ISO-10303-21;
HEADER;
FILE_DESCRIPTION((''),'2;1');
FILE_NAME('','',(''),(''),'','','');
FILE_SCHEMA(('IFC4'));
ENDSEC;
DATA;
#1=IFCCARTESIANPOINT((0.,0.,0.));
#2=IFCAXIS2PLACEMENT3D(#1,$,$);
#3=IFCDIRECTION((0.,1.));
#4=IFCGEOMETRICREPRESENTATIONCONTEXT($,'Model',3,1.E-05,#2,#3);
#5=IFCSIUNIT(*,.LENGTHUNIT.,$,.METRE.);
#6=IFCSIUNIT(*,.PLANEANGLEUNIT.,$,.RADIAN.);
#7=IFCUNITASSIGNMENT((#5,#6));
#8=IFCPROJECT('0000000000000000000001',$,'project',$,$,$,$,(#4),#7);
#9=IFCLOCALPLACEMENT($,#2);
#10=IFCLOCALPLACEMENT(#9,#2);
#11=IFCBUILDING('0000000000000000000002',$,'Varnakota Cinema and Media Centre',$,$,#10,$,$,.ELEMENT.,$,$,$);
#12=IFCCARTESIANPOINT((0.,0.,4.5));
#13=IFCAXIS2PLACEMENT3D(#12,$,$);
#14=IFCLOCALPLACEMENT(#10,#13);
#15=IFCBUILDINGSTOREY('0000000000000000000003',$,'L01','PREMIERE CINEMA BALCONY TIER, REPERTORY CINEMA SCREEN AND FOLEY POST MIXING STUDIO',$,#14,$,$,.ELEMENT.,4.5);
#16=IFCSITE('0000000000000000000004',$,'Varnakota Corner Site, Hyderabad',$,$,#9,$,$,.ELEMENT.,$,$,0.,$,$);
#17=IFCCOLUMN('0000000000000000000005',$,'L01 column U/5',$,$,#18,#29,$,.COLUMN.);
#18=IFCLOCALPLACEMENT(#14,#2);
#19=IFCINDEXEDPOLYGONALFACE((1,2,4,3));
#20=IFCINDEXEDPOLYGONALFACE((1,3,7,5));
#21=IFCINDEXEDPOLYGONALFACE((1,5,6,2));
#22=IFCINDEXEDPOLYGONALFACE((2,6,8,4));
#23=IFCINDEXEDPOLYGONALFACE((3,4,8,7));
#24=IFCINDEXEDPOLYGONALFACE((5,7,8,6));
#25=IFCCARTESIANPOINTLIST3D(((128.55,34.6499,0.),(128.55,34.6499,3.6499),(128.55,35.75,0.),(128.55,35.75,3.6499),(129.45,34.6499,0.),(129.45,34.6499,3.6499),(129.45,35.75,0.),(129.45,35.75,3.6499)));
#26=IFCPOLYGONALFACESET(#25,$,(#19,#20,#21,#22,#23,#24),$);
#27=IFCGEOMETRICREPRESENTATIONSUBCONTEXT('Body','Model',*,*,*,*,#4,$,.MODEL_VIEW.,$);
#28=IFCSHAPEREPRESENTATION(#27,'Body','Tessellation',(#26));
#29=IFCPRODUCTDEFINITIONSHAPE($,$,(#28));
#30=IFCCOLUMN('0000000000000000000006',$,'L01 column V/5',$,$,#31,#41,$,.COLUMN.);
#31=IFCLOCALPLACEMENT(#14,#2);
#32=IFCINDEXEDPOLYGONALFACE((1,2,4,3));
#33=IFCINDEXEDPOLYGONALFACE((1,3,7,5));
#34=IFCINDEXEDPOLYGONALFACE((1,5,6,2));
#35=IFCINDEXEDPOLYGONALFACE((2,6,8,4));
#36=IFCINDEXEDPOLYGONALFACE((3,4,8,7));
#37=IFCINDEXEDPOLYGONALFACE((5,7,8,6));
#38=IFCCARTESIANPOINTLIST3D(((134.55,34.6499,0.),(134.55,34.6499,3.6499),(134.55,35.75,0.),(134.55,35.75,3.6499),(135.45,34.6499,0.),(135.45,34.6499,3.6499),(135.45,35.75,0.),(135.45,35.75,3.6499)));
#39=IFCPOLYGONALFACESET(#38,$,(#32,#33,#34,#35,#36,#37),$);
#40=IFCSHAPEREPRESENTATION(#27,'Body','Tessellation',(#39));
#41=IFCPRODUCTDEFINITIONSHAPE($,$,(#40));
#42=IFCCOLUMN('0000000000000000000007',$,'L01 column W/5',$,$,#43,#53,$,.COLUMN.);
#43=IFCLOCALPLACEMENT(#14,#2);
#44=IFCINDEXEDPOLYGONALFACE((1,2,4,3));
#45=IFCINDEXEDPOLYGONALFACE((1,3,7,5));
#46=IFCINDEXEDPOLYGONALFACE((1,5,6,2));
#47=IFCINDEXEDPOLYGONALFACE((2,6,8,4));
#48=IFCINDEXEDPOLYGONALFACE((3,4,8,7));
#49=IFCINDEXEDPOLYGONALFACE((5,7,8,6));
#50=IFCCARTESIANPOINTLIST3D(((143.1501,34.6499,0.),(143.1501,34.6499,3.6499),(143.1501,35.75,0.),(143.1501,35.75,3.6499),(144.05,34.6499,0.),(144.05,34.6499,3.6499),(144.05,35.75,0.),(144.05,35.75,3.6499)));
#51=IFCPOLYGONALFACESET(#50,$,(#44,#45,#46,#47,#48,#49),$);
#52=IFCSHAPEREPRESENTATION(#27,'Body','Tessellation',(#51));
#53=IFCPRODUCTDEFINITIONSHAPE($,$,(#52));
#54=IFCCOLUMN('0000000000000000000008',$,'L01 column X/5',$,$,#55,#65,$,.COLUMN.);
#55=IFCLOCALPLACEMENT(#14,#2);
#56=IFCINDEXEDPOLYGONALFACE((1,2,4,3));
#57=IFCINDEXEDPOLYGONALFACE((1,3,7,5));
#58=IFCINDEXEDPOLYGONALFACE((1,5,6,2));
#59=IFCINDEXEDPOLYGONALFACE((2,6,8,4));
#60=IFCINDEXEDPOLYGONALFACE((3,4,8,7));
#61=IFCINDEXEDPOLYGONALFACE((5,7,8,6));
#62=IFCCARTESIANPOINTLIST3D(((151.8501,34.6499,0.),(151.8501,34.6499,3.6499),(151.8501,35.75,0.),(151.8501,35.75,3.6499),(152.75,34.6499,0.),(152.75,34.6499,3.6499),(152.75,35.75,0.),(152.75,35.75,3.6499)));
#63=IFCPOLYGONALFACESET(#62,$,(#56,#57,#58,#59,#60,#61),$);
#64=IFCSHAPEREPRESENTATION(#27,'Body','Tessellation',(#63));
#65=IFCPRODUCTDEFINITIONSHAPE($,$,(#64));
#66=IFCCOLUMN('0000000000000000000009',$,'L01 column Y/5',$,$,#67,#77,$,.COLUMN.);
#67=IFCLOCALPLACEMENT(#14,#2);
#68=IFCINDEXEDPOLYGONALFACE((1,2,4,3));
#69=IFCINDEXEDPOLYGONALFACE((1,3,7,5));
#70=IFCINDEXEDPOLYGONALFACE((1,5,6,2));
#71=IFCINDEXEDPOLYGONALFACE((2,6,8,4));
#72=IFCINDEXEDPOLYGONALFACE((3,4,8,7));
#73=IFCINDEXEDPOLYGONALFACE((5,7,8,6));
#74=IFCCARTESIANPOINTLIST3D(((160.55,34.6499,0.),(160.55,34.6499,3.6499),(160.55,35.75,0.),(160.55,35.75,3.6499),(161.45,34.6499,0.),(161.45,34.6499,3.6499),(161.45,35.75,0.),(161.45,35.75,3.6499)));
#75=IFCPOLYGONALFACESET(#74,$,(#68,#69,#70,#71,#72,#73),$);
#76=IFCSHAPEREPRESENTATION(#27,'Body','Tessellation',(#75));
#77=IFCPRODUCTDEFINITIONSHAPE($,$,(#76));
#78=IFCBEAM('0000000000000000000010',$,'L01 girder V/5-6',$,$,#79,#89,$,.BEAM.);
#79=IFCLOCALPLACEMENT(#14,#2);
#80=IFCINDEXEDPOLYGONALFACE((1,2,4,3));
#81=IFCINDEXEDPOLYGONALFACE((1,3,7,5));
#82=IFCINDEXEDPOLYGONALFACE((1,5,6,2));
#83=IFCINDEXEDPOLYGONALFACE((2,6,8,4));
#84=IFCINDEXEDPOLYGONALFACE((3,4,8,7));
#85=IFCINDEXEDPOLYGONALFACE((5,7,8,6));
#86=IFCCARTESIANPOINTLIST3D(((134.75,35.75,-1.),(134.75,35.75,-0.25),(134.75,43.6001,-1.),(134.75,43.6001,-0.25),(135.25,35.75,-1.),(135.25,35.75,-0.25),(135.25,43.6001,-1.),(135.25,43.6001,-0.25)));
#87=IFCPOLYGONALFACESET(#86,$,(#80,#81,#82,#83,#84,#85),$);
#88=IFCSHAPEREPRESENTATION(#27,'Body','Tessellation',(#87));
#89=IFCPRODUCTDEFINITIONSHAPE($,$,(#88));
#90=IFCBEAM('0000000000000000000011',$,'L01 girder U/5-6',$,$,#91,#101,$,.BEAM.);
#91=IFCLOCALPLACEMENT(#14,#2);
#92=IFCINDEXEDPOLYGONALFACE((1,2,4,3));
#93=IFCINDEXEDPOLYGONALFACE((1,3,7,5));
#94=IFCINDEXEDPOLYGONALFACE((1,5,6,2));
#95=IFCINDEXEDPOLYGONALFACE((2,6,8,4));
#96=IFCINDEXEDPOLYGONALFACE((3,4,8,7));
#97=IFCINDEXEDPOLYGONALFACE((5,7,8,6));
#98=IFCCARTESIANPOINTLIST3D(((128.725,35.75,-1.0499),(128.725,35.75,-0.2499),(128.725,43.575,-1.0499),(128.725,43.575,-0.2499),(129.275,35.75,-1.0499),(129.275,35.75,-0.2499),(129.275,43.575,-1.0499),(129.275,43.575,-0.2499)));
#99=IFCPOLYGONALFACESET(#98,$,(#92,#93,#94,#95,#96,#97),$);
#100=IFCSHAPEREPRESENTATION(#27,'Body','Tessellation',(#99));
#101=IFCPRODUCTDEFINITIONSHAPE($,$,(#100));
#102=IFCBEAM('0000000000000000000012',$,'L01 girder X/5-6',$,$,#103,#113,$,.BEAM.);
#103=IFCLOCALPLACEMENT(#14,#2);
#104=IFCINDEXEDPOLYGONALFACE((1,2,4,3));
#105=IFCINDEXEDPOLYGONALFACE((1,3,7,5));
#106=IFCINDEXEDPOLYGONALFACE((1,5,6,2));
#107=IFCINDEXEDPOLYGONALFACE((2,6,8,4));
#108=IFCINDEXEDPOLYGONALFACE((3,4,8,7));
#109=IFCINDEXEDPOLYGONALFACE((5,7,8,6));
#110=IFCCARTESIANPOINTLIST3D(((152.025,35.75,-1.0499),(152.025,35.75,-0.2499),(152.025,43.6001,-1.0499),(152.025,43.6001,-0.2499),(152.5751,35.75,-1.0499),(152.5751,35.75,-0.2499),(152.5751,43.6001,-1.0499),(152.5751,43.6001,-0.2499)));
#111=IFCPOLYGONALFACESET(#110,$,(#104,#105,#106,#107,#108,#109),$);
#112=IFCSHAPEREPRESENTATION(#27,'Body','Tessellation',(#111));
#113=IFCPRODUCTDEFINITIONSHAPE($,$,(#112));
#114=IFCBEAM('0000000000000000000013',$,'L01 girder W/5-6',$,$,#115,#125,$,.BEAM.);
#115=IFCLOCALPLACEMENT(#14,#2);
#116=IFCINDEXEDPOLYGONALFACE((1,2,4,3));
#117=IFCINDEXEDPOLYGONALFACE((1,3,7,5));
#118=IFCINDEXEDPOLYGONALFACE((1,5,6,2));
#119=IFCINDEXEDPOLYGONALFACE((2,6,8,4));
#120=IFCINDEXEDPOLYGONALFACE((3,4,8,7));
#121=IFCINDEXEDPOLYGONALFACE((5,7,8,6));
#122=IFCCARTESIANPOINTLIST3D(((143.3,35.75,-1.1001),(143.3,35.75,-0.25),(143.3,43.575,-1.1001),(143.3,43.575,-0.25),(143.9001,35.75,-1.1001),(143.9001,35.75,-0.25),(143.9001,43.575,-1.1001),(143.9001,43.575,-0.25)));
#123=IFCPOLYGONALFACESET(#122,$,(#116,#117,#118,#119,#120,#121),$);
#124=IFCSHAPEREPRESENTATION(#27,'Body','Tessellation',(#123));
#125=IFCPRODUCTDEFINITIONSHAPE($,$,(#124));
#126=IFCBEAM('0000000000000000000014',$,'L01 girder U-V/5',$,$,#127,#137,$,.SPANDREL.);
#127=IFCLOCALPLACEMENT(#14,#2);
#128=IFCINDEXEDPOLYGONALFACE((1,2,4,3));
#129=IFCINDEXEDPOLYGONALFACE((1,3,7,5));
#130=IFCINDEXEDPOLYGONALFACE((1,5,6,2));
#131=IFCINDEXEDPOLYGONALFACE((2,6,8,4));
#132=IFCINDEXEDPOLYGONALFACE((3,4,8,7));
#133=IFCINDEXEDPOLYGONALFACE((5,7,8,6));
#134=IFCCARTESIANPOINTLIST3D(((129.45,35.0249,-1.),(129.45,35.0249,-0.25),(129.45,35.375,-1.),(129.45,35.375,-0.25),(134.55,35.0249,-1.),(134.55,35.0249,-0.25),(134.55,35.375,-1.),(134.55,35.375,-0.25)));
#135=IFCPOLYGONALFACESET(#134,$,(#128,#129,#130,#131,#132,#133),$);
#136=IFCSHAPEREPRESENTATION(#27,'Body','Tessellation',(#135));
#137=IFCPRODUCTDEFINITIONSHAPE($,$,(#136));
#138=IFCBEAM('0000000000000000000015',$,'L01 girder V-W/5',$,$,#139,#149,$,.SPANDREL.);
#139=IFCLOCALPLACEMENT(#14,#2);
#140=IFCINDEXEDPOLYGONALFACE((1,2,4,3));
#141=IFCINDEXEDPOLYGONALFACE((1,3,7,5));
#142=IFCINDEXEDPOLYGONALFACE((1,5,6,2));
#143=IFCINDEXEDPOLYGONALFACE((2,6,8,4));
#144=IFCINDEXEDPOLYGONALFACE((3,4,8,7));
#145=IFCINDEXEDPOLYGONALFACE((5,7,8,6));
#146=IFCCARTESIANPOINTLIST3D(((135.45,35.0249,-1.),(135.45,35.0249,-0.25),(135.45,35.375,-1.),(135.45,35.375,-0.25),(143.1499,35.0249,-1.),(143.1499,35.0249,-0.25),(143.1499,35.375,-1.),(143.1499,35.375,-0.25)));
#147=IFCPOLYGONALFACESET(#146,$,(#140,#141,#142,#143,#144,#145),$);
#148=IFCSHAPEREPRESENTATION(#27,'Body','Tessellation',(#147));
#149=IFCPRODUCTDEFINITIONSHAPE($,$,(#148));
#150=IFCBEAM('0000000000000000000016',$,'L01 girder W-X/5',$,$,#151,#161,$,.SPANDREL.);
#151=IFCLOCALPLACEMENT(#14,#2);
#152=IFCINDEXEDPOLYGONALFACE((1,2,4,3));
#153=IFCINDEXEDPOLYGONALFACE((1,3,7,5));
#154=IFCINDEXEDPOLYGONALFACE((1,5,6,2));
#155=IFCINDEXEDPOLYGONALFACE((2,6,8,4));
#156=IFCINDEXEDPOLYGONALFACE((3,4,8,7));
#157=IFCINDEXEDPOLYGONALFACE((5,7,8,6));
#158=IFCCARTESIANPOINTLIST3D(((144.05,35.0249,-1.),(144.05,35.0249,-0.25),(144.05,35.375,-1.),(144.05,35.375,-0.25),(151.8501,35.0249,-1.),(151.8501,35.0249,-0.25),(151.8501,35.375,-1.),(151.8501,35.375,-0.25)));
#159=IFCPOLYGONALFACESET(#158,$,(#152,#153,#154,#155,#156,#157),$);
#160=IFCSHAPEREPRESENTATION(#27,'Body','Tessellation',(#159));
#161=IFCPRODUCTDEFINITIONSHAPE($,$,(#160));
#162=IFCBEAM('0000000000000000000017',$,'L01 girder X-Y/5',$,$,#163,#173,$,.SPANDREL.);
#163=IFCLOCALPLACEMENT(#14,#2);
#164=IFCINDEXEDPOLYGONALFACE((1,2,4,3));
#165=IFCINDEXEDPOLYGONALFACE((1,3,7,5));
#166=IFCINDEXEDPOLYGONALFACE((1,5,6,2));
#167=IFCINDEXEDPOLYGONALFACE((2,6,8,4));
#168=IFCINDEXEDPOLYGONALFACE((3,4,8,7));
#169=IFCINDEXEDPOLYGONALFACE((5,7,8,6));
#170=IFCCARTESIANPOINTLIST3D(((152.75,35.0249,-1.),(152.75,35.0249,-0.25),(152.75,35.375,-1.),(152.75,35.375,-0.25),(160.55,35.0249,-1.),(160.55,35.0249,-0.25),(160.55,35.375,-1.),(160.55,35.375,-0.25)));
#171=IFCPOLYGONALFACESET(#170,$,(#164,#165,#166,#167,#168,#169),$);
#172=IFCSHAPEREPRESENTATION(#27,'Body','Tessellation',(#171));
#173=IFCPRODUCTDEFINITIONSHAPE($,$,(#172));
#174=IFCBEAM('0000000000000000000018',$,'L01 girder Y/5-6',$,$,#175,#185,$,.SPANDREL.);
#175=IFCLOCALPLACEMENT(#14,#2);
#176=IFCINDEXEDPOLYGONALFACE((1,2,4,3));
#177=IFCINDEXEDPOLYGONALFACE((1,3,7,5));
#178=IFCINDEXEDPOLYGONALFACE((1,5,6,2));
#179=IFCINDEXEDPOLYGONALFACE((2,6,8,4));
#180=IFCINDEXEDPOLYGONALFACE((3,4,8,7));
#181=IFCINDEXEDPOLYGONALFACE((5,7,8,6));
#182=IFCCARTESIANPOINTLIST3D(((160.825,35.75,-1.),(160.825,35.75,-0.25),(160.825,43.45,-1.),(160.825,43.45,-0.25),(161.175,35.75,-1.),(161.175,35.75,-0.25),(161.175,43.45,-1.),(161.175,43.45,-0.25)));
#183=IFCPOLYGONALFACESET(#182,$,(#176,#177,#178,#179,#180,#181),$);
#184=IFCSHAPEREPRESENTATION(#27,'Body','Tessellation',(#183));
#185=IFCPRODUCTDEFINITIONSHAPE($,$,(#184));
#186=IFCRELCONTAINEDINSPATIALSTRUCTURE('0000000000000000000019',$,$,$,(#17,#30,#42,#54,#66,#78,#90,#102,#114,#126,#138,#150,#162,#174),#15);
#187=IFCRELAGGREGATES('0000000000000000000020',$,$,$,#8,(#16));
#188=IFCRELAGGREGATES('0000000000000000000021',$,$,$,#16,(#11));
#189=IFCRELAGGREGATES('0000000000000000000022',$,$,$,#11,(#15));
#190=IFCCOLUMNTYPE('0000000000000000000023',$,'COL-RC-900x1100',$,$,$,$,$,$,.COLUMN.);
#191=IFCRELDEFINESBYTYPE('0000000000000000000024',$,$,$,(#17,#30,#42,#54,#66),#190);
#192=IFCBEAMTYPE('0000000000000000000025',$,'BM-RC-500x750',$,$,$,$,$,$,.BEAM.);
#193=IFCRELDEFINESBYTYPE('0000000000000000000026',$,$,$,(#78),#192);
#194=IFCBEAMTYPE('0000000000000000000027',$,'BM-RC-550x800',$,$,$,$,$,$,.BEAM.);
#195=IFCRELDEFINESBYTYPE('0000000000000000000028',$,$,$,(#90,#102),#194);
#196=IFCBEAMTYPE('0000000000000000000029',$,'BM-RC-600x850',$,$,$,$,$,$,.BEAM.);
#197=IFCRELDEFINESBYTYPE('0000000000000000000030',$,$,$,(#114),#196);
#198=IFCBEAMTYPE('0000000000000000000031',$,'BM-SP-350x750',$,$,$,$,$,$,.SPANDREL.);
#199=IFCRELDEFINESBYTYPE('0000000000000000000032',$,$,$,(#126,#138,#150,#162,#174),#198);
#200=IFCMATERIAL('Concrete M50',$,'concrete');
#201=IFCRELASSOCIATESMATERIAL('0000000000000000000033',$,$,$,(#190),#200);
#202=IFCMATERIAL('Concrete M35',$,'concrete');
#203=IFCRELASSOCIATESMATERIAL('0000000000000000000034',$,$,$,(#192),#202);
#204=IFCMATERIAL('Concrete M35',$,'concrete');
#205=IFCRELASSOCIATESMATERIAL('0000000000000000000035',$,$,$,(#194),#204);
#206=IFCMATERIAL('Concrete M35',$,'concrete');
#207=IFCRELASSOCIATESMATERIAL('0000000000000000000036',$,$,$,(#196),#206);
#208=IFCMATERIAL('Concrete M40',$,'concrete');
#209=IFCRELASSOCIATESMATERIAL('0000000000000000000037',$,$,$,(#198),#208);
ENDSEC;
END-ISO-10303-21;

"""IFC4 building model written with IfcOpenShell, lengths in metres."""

from ifc_helpers import new_model, si_unit, direction, frame, origin, origin_2d, place, context, subcontext, project, spatial, rectangle, extrude, material, material_profile, profile_set, type_object, element, save


model = new_model("IFC4")

# Units and contexts
model_context = context("Model", 3, precision=1e-05, world=origin(), true_north=direction((0.0, 1.0)))
body_context = subcontext(model_context, "Body", "Model", "MODEL_VIEW")
ifc_project = project(units=[si_unit("LENGTHUNIT", "METRE"), si_unit("PLANEANGLEUNIT", "RADIAN")], contexts=[model_context])

# Site, building, storey
site_placement = place(None, origin())
site = spatial("IfcSite", under=ifc_project, at=site_placement, Name="Varnakota Corner Site, Hyderabad", CompositionType="ELEMENT", RefElevation=0.0)
building_placement = place(site_placement, origin())
building = spatial("IfcBuilding", under=site, at=building_placement, Name="Varnakota Cinema and Media Centre", CompositionType="ELEMENT")
storey_placement = place(building_placement, frame((0.0, 0.0, 4.5)))
storey = spatial("IfcBuildingStorey", under=building, at=storey_placement, Name="L01", Description="PREMIERE CINEMA BALCONY TIER, REPERTORY CINEMA SCREEN AND FOLEY POST MIXING STUDIO", CompositionType="ELEMENT", Elevation=4.5)

# Columns
ifc_material_1 = material(Name="Concrete M50", Category="concrete")
ifc_material_profile_1 = material_profile(ifc_material_1, rectangle(XDim=0.8999, YDim=1.1001, at=origin_2d()), Name="RC 900x1100")
ifc_profile_set_1 = profile_set([ifc_material_profile_1], Name="Concrete M50")
column_type = type_object("IfcColumnType", Name="COL-RC-900x1100", PredefinedType="COLUMN", material=ifc_profile_set_1)
for number, where, z_axis, x_axis, name in (
    (1, (129.0, 35.2, 0.0), (0.0, 0.0, 1.0), (1.0, 0.0, 0.0), "L01 column U/5"),
    (2, (135.0, 35.2, 0.0), (0.0, 0.0, 1.0), (1.0, 0.0, 0.0), "L01 column V/5"),
    (3, (143.6001, 35.2, 0.0), (0.0, 0.0, 1.0), (1.0, 0.0, 0.0), "L01 column W/5"),
    (4, (152.3, 35.2, 0.0), (0.0, 0.0, 1.0), (1.0, 0.0, 0.0), "L01 column X/5"),
    (5, (161.0, 35.2, 0.0), (0.0, 0.0, 1.0), (1.0, 0.0, 0.0), "L01 column Y/5"),
):
    element("IfcColumn", number, at=place(storey_placement, frame(where, z_axis=z_axis, x_axis=x_axis)), inside=storey, type_object=column_type, Name=name, PredefinedType="COLUMN", context=body_context, shape_type="SweptSolid", body=[
        extrude(rectangle(XDim=0.8999, YDim=1.1001, at=origin_2d()), origin(), (0.0, 0.0, 1.0), 3.6499),
    ])

# Beams
ifc_material_2 = material(Name="Concrete M35", Category="concrete")
ifc_material_profile_2 = material_profile(ifc_material_2, rectangle(XDim=0.5, YDim=0.75, at=origin_2d()), Name="RCB 500x750")
ifc_profile_set_2 = profile_set([ifc_material_profile_2], Name="Concrete M35")
beam_type_1 = type_object("IfcBeamType", Name="BM-RC-500x750", PredefinedType="BEAM", material=ifc_profile_set_2)
beam_1_placement = place(storey_placement, frame((135.0, 35.75, -0.625), z_axis=(0.0, 1.0, 0.0), x_axis=(-1.0, 0.0, 0.0)))
element("IfcBeam", 6, at=beam_1_placement, inside=storey, type_object=beam_type_1, Name="L01 girder V/5-6", PredefinedType="BEAM", context=body_context, shape_type="SweptSolid", body=[
    extrude(rectangle(XDim=0.5, YDim=0.75, at=origin_2d()), origin(), (0.0, 0.0, 1.0), 7.8501),
])
ifc_material_3 = material(Name="Concrete M35", Category="concrete")
ifc_material_profile_3 = material_profile(ifc_material_3, rectangle(XDim=0.55, YDim=0.8, at=origin_2d()), Name="RCB 550x800")
ifc_profile_set_3 = profile_set([ifc_material_profile_3], Name="Concrete M35")
beam_type_2 = type_object("IfcBeamType", Name="BM-RC-550x800", PredefinedType="BEAM", material=ifc_profile_set_3)
beam_2_placement = place(storey_placement, frame((129.0, 35.75, -0.6499), z_axis=(0.0, 1.0, 0.0), x_axis=(-1.0, 0.0, 0.0)))
element("IfcBeam", 7, at=beam_2_placement, inside=storey, type_object=beam_type_2, Name="L01 girder U/5-6", PredefinedType="BEAM", context=body_context, shape_type="SweptSolid", body=[
    extrude(rectangle(XDim=0.55, YDim=0.8, at=origin_2d()), origin(), (0.0, 0.0, 1.0), 7.825),
])
beam_3_placement = place(storey_placement, frame((152.3, 35.75, -0.6499), z_axis=(0.0, 1.0, 0.0), x_axis=(-1.0, 0.0, 0.0)))
element("IfcBeam", 8, at=beam_3_placement, inside=storey, type_object=beam_type_2, Name="L01 girder X/5-6", PredefinedType="BEAM", context=body_context, shape_type="SweptSolid", body=[
    extrude(rectangle(XDim=0.55, YDim=0.8, at=origin_2d()), origin(), (0.0, 0.0, 1.0), 7.8501),
])
ifc_material_4 = material(Name="Concrete M35", Category="concrete")
ifc_material_profile_4 = material_profile(ifc_material_4, rectangle(XDim=0.6001, YDim=0.8501, at=origin_2d()), Name="RCB 600x850")
ifc_profile_set_4 = profile_set([ifc_material_profile_4], Name="Concrete M35")
beam_type_3 = type_object("IfcBeamType", Name="BM-RC-600x850", PredefinedType="BEAM", material=ifc_profile_set_4)
beam_4_placement = place(storey_placement, frame((143.6001, 35.75, -0.675), z_axis=(0.0, 1.0, 0.0), x_axis=(-1.0, 0.0, 0.0)))
element("IfcBeam", 9, at=beam_4_placement, inside=storey, type_object=beam_type_3, Name="L01 girder W/5-6", PredefinedType="BEAM", context=body_context, shape_type="SweptSolid", body=[
    extrude(rectangle(XDim=0.6001, YDim=0.8501, at=origin_2d()), origin(), (0.0, 0.0, 1.0), 7.825),
])
ifc_material_5 = material(Name="Concrete M40", Category="concrete")
ifc_material_profile_5 = material_profile(ifc_material_5, rectangle(XDim=0.3501, YDim=0.75, at=origin_2d()), Name="RCB 350x750")
ifc_profile_set_5 = profile_set([ifc_material_profile_5], Name="Concrete M40")
beam_type_4 = type_object("IfcBeamType", Name="BM-SP-350x750", PredefinedType="SPANDREL", material=ifc_profile_set_5)
beam_5_placement = place(storey_placement, frame((129.45, 35.2, -0.625), z_axis=(1.0, 0.0, 0.0), x_axis=(0.0, 1.0, 0.0)))
element("IfcBeam", 10, at=beam_5_placement, inside=storey, type_object=beam_type_4, Name="L01 girder U-V/5", PredefinedType="SPANDREL", context=body_context, shape_type="SweptSolid", body=[
    extrude(rectangle(XDim=0.3501, YDim=0.75, at=origin_2d()), origin(), (0.0, 0.0, 1.0), 5.1001),
])
beam_6_placement = place(storey_placement, frame((135.45, 35.2, -0.625), z_axis=(1.0, 0.0, 0.0), x_axis=(0.0, 1.0, 0.0)))
element("IfcBeam", 11, at=beam_6_placement, inside=storey, type_object=beam_type_4, Name="L01 girder V-W/5", PredefinedType="SPANDREL", context=body_context, shape_type="SweptSolid", body=[
    extrude(rectangle(XDim=0.3501, YDim=0.75, at=origin_2d()), origin(), (0.0, 0.0, 1.0), 7.7),
])
for number, where, z_axis, x_axis, name in (
    (12, (144.05, 35.2, -0.625), (1.0, 0.0, 0.0), (0.0, 1.0, 0.0), "L01 girder W-X/5"),
    (13, (152.75, 35.2, -0.625), (1.0, 0.0, 0.0), (0.0, 1.0, 0.0), "L01 girder X-Y/5"),
):
    element("IfcBeam", number, at=place(storey_placement, frame(where, z_axis=z_axis, x_axis=x_axis)), inside=storey, type_object=beam_type_4, Name=name, PredefinedType="SPANDREL", context=body_context, shape_type="SweptSolid", body=[
        extrude(rectangle(XDim=0.3501, YDim=0.75, at=origin_2d()), origin(), (0.0, 0.0, 1.0), 7.8),
    ])
beam_7_placement = place(storey_placement, frame((161.0, 35.75, -0.625), z_axis=(0.0, 1.0, 0.0), x_axis=(-1.0, 0.0, 0.0)))
element("IfcBeam", 14, at=beam_7_placement, inside=storey, type_object=beam_type_4, Name="L01 girder Y/5-6", PredefinedType="SPANDREL", context=body_context, shape_type="SweptSolid", body=[
    extrude(rectangle(XDim=0.3501, YDim=0.75, at=origin_2d()), origin(), (0.0, 0.0, 1.0), 7.7),
])

save(model, "model.ifc")
